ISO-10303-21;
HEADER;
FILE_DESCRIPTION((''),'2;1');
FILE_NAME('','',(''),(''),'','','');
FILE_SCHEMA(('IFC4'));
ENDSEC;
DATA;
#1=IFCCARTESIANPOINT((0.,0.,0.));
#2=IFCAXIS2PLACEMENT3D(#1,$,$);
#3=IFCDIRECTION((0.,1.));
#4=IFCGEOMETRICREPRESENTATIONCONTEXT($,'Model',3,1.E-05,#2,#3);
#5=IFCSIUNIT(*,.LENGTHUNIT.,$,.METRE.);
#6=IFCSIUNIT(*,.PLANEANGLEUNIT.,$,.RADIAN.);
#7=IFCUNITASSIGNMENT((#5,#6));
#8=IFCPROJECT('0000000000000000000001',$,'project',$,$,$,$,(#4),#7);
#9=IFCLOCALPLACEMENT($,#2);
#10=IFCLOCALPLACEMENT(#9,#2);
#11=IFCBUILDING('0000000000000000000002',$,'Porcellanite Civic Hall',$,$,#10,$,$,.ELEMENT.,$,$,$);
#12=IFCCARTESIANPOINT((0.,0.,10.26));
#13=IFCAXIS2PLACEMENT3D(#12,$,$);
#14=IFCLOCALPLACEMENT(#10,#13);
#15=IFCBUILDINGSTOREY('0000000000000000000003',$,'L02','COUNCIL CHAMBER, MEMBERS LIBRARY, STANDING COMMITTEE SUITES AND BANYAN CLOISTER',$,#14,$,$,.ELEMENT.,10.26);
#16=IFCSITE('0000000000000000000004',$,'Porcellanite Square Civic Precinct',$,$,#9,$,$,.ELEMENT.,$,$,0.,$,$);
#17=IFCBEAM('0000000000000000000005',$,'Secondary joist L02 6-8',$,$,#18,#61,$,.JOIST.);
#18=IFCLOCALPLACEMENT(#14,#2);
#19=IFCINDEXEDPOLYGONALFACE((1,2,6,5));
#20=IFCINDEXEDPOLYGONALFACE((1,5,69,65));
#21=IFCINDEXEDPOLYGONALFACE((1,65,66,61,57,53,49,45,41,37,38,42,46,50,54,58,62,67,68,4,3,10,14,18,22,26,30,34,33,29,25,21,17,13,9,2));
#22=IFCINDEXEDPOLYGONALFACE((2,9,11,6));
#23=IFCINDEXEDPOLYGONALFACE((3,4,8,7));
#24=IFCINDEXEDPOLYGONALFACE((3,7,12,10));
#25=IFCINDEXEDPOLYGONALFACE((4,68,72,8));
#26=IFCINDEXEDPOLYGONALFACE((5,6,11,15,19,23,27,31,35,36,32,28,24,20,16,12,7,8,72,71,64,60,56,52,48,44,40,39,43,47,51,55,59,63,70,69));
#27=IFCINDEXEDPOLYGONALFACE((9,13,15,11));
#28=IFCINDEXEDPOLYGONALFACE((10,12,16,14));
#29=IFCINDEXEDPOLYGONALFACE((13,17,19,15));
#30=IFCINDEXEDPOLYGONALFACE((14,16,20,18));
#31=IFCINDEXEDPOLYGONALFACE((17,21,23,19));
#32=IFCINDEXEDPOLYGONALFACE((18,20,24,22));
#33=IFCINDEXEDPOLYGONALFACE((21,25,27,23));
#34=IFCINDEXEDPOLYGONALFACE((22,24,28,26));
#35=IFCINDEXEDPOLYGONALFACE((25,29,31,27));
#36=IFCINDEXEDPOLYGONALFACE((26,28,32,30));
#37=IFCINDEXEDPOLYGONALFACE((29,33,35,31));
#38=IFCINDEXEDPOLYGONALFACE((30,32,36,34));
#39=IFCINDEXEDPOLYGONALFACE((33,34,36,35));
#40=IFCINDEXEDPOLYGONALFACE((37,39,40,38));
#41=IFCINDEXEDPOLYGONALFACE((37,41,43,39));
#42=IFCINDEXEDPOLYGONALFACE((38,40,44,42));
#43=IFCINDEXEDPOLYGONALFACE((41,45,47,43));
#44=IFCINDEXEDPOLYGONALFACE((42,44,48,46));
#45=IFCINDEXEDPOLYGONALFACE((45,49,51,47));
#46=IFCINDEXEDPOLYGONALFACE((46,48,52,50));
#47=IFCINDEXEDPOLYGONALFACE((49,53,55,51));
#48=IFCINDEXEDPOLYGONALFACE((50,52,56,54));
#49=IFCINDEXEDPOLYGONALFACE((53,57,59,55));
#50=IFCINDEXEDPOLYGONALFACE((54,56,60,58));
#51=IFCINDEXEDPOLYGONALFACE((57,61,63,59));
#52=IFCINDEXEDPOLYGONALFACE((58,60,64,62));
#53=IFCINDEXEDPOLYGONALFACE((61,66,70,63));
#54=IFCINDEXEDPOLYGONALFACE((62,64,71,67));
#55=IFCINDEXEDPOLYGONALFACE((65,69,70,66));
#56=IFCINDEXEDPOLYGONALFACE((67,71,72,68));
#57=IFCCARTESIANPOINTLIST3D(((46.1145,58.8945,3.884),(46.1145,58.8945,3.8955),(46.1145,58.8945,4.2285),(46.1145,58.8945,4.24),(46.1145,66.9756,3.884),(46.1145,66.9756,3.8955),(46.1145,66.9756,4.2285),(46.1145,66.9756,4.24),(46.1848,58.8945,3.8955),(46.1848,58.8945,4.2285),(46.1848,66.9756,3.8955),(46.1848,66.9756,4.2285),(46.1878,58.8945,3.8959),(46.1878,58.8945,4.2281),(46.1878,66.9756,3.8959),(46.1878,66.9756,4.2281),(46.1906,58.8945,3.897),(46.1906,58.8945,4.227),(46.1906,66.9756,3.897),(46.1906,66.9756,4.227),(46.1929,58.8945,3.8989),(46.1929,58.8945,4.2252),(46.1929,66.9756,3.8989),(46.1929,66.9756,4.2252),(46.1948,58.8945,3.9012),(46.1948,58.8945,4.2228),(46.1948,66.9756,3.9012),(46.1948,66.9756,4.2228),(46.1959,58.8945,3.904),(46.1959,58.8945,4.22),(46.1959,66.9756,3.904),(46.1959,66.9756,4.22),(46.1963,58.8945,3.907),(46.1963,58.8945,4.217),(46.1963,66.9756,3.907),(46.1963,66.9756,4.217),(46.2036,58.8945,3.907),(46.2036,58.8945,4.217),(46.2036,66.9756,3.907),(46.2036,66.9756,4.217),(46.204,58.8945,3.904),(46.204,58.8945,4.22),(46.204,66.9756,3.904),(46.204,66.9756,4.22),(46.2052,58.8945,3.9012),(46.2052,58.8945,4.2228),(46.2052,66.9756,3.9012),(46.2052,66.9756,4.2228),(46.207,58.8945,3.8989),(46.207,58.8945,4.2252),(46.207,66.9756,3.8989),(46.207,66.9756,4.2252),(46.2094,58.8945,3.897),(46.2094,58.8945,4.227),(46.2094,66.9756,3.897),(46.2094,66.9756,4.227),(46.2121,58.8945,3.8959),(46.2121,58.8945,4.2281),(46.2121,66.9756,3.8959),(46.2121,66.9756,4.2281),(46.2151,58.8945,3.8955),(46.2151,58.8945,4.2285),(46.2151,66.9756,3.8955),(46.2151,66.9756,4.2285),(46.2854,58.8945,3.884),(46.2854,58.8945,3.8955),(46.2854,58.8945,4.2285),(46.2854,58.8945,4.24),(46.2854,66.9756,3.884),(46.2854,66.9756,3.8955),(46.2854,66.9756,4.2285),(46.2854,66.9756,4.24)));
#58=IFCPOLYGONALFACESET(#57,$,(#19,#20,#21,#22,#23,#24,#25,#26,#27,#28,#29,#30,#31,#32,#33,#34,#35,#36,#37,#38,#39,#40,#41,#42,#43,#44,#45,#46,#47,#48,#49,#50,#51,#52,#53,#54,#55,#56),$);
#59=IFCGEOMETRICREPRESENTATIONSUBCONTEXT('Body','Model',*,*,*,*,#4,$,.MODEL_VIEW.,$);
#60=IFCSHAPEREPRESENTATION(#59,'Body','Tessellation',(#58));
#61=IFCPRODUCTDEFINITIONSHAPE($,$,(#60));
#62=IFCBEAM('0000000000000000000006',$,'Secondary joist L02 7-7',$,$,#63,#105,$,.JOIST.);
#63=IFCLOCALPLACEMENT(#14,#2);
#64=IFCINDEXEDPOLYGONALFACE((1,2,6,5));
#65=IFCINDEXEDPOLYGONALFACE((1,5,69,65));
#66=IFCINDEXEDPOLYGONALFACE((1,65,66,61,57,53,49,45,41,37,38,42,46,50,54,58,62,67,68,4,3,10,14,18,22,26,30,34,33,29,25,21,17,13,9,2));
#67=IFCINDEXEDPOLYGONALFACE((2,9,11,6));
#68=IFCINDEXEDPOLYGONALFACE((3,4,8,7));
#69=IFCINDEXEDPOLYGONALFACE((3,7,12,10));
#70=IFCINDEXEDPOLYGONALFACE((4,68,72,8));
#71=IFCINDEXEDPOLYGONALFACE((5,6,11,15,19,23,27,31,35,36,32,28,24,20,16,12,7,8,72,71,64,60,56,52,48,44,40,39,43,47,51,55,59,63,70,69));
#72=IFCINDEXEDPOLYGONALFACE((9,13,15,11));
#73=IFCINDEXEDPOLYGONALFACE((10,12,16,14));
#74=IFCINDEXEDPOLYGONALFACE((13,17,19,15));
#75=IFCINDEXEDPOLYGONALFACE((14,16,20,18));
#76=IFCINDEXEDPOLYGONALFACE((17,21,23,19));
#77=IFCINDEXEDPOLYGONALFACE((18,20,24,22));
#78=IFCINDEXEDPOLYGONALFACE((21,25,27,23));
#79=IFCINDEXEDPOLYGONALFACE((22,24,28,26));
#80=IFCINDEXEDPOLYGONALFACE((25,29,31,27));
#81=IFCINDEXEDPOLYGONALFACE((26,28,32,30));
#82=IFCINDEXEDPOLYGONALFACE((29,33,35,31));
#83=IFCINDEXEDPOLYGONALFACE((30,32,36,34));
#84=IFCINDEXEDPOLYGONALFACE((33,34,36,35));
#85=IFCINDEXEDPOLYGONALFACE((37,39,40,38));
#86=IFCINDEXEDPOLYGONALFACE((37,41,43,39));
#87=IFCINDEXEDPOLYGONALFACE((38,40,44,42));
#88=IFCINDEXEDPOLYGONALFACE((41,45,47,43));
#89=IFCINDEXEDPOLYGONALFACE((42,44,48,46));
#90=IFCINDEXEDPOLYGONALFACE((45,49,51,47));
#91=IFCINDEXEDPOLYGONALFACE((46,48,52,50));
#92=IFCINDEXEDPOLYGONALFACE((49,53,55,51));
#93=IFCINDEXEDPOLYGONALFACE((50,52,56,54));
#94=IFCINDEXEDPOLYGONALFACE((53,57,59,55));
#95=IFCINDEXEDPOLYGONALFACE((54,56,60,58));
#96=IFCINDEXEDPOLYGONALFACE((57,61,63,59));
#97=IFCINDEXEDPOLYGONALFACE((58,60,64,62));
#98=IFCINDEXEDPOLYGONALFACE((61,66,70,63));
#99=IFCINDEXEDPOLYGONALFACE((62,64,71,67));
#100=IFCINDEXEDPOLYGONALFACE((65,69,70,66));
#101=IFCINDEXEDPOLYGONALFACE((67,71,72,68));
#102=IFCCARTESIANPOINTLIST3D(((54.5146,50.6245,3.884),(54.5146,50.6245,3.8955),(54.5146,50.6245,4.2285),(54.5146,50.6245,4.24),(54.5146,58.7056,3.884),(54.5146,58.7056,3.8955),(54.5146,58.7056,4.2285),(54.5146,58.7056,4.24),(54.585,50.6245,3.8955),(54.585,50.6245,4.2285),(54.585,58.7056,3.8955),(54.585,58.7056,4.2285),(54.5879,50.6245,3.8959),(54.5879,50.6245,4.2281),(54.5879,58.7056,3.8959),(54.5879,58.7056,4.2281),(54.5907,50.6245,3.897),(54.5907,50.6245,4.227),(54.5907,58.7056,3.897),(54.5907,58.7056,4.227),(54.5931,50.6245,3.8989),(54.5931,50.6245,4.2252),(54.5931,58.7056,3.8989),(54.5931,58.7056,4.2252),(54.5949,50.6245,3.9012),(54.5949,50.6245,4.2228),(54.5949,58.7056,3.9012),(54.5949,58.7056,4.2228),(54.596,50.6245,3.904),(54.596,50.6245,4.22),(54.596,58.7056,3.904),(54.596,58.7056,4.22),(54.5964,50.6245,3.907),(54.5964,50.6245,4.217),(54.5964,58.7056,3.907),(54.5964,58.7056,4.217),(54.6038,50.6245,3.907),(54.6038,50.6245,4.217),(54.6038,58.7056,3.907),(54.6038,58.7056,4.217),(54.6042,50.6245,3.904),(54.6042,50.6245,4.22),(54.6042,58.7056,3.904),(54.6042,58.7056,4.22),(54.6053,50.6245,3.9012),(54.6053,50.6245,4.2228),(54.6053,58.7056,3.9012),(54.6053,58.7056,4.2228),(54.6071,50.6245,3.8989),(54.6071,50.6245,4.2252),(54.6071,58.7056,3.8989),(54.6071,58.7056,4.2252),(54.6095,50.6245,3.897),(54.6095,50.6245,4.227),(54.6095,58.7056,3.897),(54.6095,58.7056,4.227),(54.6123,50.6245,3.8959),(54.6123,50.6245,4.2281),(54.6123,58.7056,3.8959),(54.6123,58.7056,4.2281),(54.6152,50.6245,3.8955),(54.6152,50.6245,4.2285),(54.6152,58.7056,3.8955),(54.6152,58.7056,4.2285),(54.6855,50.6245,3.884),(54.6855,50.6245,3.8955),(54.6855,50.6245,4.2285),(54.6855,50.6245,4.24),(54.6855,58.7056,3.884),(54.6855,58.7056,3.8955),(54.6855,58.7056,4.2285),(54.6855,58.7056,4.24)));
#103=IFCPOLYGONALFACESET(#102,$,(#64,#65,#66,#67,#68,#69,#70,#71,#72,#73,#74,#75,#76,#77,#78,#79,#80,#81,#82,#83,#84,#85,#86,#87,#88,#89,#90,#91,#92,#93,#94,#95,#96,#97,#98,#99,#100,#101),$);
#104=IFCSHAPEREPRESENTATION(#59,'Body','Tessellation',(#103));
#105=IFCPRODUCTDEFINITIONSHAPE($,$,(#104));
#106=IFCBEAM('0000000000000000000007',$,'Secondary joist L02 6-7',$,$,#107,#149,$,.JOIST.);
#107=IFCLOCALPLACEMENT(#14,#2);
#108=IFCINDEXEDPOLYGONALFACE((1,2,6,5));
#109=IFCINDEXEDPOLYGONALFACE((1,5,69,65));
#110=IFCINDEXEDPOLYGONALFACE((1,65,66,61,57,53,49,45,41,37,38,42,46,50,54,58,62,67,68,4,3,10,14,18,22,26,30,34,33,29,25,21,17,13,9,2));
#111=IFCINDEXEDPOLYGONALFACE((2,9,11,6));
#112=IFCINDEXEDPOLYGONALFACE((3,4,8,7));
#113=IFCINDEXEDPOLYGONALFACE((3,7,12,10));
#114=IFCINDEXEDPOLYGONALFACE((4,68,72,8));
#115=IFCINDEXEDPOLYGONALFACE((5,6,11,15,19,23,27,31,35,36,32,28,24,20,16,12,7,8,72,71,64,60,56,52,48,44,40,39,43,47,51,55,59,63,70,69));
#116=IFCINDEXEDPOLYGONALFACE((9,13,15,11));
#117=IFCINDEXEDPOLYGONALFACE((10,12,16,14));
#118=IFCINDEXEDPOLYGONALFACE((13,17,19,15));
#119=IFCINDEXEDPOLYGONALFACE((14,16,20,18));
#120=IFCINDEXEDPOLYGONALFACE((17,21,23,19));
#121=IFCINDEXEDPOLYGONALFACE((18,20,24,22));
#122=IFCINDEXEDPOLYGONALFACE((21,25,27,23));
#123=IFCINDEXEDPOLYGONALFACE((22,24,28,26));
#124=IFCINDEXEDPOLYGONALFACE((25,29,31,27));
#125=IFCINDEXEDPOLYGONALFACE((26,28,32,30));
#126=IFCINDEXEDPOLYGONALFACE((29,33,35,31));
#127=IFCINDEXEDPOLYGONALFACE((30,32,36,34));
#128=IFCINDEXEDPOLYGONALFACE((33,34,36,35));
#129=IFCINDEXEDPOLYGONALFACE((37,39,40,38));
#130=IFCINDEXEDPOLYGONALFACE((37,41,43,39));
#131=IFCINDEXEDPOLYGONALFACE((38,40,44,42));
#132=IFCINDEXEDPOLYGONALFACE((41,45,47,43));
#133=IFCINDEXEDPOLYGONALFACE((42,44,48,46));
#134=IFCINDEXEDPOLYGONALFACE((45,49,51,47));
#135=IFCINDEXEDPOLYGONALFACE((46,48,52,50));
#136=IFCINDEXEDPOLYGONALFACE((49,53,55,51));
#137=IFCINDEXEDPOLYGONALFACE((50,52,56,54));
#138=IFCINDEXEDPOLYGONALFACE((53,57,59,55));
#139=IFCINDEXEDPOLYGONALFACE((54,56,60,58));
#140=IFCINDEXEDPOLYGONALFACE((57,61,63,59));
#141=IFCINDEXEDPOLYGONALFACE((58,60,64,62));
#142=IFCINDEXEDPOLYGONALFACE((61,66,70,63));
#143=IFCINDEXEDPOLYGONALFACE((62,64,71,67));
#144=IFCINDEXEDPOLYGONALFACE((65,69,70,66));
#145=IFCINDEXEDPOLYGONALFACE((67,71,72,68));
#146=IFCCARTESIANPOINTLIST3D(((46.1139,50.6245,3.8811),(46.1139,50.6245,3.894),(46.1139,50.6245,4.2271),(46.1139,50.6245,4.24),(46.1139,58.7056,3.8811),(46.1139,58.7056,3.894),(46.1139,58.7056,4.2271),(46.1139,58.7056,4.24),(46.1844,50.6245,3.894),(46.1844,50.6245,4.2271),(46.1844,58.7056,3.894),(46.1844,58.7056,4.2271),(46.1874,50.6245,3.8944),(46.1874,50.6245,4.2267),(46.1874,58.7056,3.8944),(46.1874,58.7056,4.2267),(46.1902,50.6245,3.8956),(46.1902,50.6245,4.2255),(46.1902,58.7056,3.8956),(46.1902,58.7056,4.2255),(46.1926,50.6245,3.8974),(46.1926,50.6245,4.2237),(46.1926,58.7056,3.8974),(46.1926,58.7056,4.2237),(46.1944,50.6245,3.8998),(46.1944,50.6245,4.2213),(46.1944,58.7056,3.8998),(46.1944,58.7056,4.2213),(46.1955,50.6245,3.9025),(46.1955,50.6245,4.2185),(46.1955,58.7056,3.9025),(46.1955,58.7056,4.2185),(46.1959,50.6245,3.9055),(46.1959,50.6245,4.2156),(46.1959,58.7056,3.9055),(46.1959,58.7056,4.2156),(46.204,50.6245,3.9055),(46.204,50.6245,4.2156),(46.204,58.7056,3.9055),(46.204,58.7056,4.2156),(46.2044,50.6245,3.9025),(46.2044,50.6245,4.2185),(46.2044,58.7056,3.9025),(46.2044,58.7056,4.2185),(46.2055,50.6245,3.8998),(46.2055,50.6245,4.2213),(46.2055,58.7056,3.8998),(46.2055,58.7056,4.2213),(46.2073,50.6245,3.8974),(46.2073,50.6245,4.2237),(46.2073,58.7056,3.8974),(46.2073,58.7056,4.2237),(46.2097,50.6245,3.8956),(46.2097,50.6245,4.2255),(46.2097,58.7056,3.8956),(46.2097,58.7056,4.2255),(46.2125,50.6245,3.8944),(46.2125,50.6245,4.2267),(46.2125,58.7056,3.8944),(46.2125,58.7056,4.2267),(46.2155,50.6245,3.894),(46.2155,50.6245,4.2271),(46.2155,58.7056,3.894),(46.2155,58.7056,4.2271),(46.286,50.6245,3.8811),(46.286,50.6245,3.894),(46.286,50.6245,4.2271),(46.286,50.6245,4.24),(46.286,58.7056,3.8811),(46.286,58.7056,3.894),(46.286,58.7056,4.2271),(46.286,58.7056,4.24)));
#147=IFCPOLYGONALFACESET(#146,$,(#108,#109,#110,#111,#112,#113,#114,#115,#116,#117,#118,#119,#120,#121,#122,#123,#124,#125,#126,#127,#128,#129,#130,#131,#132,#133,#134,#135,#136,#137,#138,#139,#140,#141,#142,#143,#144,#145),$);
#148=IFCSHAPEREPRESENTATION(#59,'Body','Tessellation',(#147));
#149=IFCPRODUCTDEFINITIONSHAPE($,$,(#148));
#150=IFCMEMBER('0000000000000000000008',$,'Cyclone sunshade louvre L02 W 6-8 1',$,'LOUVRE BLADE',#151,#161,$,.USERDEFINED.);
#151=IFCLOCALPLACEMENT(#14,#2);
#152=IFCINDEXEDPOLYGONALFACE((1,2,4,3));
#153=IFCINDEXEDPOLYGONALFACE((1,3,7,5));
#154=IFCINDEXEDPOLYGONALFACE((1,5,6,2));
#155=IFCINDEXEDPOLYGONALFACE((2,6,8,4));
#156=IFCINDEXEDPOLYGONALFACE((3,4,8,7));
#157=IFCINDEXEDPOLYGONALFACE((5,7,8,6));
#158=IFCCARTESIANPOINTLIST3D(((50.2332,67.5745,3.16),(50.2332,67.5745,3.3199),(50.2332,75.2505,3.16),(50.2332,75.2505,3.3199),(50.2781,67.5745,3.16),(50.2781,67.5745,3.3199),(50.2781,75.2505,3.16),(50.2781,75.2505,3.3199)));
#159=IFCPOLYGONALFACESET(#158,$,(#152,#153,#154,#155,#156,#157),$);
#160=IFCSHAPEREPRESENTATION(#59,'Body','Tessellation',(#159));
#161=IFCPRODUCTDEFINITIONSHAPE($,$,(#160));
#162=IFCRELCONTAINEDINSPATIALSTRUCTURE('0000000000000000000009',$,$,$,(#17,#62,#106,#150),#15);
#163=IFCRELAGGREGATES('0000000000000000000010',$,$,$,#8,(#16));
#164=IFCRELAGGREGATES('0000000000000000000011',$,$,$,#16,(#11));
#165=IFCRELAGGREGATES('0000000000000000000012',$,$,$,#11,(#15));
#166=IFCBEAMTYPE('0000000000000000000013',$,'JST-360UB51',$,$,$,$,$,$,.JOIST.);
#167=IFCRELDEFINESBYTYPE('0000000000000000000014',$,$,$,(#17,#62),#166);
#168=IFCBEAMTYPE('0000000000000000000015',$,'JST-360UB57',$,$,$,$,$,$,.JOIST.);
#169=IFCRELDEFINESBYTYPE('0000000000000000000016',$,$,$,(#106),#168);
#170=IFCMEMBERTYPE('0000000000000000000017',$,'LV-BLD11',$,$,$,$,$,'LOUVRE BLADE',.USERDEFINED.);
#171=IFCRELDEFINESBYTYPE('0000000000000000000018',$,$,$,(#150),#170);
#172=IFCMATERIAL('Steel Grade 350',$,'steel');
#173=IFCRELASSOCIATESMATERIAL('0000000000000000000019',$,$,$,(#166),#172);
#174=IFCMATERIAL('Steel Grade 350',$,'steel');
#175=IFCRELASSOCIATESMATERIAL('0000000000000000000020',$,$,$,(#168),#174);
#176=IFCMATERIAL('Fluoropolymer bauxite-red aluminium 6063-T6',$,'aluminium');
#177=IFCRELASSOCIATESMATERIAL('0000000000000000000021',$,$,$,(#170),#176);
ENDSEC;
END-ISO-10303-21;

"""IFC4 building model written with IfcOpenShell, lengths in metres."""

from ifc_helpers import new_model, si_unit, direction, frame, origin, origin_2d, place, context, subcontext, project, spatial, rectangle, i_section, extrude, material, material_profile, profile_set, type_object, element, save


model = new_model("IFC4")

# Units and contexts
model_context = context("Model", 3, precision=1e-05, world=origin(), true_north=direction((0.0, 1.0)))
body_context = subcontext(model_context, "Body", "Model", "MODEL_VIEW")
ifc_project = project(units=[si_unit("LENGTHUNIT", "METRE"), si_unit("PLANEANGLEUNIT", "RADIAN")], contexts=[model_context])

# Site, building, storey
site_placement = place(None, origin())
site = spatial("IfcSite", under=ifc_project, at=site_placement, Name="Porcellanite Square Civic Precinct", CompositionType="ELEMENT", RefElevation=0.0)
building_placement = place(site_placement, origin())
building = spatial("IfcBuilding", under=site, at=building_placement, Name="Porcellanite Civic Hall", CompositionType="ELEMENT")
storey_placement = place(building_placement, frame((0.0, 0.0, 10.26)))
storey = spatial("IfcBuildingStorey", under=building, at=storey_placement, Name="L02", Description="COUNCIL CHAMBER, MEMBERS LIBRARY, STANDING COMMITTEE SUITES AND BANYAN CLOISTER", CompositionType="ELEMENT", Elevation=10.26)

# Beams
ifc_material_1 = material(Name="Steel Grade 350", Category="steel")
ifc_material_profile_1 = material_profile(ifc_material_1, i_section(OverallWidth=0.1709, OverallDepth=0.356, WebThickness=0.0073, FlangeThickness=0.0115, FilletRadius=0.0115, at=origin_2d()), Name="360UB50.7")
ifc_profile_set_1 = profile_set([ifc_material_profile_1], Name="Steel Grade 350")
beam_type_1 = type_object("IfcBeamType", Name="JST-360UB51", PredefinedType="JOIST", material=ifc_profile_set_1)
for number, where, z_axis, x_axis, name in (
    (1, (46.2, 58.8945, 4.062), (0.0, 1.0, 0.0), (-1.0, 0.0, 0.0), "Secondary joist L02 6-8"),
    (2, (54.6001, 50.6245, 4.062), (0.0, 1.0, 0.0), (-1.0, 0.0, 0.0), "Secondary joist L02 7-7"),
):
    element("IfcBeam", number, at=place(storey_placement, frame(where, z_axis=z_axis, x_axis=x_axis)), inside=storey, type_object=beam_type_1, Name=name, PredefinedType="JOIST", context=body_context, shape_type="SweptSolid", body=[
        extrude(i_section(OverallWidth=0.1709, OverallDepth=0.356, WebThickness=0.0073, FlangeThickness=0.0115, FilletRadius=0.0115, at=origin_2d()), origin(), (0.0, 0.0, 1.0), 8.0811),
    ])
ifc_material_2 = material(Name="Steel Grade 350", Category="steel")
ifc_material_profile_2 = material_profile(ifc_material_2, i_section(OverallWidth=0.1721, OverallDepth=0.3589, WebThickness=0.0081, FlangeThickness=0.0129, FilletRadius=0.0115, at=origin_2d()), Name="360UB56.7")
ifc_profile_set_2 = profile_set([ifc_material_profile_2], Name="Steel Grade 350")
beam_type_2 = type_object("IfcBeamType", Name="JST-360UB57", PredefinedType="JOIST", material=ifc_profile_set_2)
beam_1_placement = place(storey_placement, frame((46.2, 50.6245, 4.0605), z_axis=(0.0, 1.0, 0.0), x_axis=(-1.0, 0.0, 0.0)))
element("IfcBeam", 3, at=beam_1_placement, inside=storey, type_object=beam_type_2, Name="Secondary joist L02 6-7", PredefinedType="JOIST", context=body_context, shape_type="SweptSolid", body=[
    extrude(i_section(OverallWidth=0.1721, OverallDepth=0.3589, WebThickness=0.0081, FlangeThickness=0.0129, FilletRadius=0.0115, at=origin_2d()), origin(), (0.0, 0.0, 1.0), 8.0811),
])

# Member
ifc_material_3 = material(Name="Fluoropolymer bauxite-red aluminium 6063-T6", Category="aluminium")
ifc_material_profile_3 = material_profile(ifc_material_3, rectangle(XDim=0.0449, YDim=0.1599, at=origin_2d()), Name="AL-45x160")
ifc_profile_set_3 = profile_set([ifc_material_profile_3], Name="Fluoropolymer bauxite-red aluminium 6063-T6")
member_type_1 = type_object("IfcMemberType", Name="LV-BLD11", ElementType="LOUVRE BLADE", PredefinedType="USERDEFINED", material=ifc_profile_set_3)
member_1_placement = place(storey_placement, frame((50.2556, 67.5745, 3.24), z_axis=(0.0, 1.0, 0.0), x_axis=(-1.0, 0.0, 0.0)))
element("IfcMember", 4, at=member_1_placement, inside=storey, type_object=member_type_1, Name="Cyclone sunshade louvre L02 W 6-8 1", ObjectType="LOUVRE BLADE", PredefinedType="USERDEFINED", context=body_context, shape_type="SweptSolid", body=[
    extrude(rectangle(XDim=0.0449, YDim=0.1599, at=origin_2d()), origin(), (0.0, 0.0, 1.0), 7.676),
])

save(model, "model.ifc")
